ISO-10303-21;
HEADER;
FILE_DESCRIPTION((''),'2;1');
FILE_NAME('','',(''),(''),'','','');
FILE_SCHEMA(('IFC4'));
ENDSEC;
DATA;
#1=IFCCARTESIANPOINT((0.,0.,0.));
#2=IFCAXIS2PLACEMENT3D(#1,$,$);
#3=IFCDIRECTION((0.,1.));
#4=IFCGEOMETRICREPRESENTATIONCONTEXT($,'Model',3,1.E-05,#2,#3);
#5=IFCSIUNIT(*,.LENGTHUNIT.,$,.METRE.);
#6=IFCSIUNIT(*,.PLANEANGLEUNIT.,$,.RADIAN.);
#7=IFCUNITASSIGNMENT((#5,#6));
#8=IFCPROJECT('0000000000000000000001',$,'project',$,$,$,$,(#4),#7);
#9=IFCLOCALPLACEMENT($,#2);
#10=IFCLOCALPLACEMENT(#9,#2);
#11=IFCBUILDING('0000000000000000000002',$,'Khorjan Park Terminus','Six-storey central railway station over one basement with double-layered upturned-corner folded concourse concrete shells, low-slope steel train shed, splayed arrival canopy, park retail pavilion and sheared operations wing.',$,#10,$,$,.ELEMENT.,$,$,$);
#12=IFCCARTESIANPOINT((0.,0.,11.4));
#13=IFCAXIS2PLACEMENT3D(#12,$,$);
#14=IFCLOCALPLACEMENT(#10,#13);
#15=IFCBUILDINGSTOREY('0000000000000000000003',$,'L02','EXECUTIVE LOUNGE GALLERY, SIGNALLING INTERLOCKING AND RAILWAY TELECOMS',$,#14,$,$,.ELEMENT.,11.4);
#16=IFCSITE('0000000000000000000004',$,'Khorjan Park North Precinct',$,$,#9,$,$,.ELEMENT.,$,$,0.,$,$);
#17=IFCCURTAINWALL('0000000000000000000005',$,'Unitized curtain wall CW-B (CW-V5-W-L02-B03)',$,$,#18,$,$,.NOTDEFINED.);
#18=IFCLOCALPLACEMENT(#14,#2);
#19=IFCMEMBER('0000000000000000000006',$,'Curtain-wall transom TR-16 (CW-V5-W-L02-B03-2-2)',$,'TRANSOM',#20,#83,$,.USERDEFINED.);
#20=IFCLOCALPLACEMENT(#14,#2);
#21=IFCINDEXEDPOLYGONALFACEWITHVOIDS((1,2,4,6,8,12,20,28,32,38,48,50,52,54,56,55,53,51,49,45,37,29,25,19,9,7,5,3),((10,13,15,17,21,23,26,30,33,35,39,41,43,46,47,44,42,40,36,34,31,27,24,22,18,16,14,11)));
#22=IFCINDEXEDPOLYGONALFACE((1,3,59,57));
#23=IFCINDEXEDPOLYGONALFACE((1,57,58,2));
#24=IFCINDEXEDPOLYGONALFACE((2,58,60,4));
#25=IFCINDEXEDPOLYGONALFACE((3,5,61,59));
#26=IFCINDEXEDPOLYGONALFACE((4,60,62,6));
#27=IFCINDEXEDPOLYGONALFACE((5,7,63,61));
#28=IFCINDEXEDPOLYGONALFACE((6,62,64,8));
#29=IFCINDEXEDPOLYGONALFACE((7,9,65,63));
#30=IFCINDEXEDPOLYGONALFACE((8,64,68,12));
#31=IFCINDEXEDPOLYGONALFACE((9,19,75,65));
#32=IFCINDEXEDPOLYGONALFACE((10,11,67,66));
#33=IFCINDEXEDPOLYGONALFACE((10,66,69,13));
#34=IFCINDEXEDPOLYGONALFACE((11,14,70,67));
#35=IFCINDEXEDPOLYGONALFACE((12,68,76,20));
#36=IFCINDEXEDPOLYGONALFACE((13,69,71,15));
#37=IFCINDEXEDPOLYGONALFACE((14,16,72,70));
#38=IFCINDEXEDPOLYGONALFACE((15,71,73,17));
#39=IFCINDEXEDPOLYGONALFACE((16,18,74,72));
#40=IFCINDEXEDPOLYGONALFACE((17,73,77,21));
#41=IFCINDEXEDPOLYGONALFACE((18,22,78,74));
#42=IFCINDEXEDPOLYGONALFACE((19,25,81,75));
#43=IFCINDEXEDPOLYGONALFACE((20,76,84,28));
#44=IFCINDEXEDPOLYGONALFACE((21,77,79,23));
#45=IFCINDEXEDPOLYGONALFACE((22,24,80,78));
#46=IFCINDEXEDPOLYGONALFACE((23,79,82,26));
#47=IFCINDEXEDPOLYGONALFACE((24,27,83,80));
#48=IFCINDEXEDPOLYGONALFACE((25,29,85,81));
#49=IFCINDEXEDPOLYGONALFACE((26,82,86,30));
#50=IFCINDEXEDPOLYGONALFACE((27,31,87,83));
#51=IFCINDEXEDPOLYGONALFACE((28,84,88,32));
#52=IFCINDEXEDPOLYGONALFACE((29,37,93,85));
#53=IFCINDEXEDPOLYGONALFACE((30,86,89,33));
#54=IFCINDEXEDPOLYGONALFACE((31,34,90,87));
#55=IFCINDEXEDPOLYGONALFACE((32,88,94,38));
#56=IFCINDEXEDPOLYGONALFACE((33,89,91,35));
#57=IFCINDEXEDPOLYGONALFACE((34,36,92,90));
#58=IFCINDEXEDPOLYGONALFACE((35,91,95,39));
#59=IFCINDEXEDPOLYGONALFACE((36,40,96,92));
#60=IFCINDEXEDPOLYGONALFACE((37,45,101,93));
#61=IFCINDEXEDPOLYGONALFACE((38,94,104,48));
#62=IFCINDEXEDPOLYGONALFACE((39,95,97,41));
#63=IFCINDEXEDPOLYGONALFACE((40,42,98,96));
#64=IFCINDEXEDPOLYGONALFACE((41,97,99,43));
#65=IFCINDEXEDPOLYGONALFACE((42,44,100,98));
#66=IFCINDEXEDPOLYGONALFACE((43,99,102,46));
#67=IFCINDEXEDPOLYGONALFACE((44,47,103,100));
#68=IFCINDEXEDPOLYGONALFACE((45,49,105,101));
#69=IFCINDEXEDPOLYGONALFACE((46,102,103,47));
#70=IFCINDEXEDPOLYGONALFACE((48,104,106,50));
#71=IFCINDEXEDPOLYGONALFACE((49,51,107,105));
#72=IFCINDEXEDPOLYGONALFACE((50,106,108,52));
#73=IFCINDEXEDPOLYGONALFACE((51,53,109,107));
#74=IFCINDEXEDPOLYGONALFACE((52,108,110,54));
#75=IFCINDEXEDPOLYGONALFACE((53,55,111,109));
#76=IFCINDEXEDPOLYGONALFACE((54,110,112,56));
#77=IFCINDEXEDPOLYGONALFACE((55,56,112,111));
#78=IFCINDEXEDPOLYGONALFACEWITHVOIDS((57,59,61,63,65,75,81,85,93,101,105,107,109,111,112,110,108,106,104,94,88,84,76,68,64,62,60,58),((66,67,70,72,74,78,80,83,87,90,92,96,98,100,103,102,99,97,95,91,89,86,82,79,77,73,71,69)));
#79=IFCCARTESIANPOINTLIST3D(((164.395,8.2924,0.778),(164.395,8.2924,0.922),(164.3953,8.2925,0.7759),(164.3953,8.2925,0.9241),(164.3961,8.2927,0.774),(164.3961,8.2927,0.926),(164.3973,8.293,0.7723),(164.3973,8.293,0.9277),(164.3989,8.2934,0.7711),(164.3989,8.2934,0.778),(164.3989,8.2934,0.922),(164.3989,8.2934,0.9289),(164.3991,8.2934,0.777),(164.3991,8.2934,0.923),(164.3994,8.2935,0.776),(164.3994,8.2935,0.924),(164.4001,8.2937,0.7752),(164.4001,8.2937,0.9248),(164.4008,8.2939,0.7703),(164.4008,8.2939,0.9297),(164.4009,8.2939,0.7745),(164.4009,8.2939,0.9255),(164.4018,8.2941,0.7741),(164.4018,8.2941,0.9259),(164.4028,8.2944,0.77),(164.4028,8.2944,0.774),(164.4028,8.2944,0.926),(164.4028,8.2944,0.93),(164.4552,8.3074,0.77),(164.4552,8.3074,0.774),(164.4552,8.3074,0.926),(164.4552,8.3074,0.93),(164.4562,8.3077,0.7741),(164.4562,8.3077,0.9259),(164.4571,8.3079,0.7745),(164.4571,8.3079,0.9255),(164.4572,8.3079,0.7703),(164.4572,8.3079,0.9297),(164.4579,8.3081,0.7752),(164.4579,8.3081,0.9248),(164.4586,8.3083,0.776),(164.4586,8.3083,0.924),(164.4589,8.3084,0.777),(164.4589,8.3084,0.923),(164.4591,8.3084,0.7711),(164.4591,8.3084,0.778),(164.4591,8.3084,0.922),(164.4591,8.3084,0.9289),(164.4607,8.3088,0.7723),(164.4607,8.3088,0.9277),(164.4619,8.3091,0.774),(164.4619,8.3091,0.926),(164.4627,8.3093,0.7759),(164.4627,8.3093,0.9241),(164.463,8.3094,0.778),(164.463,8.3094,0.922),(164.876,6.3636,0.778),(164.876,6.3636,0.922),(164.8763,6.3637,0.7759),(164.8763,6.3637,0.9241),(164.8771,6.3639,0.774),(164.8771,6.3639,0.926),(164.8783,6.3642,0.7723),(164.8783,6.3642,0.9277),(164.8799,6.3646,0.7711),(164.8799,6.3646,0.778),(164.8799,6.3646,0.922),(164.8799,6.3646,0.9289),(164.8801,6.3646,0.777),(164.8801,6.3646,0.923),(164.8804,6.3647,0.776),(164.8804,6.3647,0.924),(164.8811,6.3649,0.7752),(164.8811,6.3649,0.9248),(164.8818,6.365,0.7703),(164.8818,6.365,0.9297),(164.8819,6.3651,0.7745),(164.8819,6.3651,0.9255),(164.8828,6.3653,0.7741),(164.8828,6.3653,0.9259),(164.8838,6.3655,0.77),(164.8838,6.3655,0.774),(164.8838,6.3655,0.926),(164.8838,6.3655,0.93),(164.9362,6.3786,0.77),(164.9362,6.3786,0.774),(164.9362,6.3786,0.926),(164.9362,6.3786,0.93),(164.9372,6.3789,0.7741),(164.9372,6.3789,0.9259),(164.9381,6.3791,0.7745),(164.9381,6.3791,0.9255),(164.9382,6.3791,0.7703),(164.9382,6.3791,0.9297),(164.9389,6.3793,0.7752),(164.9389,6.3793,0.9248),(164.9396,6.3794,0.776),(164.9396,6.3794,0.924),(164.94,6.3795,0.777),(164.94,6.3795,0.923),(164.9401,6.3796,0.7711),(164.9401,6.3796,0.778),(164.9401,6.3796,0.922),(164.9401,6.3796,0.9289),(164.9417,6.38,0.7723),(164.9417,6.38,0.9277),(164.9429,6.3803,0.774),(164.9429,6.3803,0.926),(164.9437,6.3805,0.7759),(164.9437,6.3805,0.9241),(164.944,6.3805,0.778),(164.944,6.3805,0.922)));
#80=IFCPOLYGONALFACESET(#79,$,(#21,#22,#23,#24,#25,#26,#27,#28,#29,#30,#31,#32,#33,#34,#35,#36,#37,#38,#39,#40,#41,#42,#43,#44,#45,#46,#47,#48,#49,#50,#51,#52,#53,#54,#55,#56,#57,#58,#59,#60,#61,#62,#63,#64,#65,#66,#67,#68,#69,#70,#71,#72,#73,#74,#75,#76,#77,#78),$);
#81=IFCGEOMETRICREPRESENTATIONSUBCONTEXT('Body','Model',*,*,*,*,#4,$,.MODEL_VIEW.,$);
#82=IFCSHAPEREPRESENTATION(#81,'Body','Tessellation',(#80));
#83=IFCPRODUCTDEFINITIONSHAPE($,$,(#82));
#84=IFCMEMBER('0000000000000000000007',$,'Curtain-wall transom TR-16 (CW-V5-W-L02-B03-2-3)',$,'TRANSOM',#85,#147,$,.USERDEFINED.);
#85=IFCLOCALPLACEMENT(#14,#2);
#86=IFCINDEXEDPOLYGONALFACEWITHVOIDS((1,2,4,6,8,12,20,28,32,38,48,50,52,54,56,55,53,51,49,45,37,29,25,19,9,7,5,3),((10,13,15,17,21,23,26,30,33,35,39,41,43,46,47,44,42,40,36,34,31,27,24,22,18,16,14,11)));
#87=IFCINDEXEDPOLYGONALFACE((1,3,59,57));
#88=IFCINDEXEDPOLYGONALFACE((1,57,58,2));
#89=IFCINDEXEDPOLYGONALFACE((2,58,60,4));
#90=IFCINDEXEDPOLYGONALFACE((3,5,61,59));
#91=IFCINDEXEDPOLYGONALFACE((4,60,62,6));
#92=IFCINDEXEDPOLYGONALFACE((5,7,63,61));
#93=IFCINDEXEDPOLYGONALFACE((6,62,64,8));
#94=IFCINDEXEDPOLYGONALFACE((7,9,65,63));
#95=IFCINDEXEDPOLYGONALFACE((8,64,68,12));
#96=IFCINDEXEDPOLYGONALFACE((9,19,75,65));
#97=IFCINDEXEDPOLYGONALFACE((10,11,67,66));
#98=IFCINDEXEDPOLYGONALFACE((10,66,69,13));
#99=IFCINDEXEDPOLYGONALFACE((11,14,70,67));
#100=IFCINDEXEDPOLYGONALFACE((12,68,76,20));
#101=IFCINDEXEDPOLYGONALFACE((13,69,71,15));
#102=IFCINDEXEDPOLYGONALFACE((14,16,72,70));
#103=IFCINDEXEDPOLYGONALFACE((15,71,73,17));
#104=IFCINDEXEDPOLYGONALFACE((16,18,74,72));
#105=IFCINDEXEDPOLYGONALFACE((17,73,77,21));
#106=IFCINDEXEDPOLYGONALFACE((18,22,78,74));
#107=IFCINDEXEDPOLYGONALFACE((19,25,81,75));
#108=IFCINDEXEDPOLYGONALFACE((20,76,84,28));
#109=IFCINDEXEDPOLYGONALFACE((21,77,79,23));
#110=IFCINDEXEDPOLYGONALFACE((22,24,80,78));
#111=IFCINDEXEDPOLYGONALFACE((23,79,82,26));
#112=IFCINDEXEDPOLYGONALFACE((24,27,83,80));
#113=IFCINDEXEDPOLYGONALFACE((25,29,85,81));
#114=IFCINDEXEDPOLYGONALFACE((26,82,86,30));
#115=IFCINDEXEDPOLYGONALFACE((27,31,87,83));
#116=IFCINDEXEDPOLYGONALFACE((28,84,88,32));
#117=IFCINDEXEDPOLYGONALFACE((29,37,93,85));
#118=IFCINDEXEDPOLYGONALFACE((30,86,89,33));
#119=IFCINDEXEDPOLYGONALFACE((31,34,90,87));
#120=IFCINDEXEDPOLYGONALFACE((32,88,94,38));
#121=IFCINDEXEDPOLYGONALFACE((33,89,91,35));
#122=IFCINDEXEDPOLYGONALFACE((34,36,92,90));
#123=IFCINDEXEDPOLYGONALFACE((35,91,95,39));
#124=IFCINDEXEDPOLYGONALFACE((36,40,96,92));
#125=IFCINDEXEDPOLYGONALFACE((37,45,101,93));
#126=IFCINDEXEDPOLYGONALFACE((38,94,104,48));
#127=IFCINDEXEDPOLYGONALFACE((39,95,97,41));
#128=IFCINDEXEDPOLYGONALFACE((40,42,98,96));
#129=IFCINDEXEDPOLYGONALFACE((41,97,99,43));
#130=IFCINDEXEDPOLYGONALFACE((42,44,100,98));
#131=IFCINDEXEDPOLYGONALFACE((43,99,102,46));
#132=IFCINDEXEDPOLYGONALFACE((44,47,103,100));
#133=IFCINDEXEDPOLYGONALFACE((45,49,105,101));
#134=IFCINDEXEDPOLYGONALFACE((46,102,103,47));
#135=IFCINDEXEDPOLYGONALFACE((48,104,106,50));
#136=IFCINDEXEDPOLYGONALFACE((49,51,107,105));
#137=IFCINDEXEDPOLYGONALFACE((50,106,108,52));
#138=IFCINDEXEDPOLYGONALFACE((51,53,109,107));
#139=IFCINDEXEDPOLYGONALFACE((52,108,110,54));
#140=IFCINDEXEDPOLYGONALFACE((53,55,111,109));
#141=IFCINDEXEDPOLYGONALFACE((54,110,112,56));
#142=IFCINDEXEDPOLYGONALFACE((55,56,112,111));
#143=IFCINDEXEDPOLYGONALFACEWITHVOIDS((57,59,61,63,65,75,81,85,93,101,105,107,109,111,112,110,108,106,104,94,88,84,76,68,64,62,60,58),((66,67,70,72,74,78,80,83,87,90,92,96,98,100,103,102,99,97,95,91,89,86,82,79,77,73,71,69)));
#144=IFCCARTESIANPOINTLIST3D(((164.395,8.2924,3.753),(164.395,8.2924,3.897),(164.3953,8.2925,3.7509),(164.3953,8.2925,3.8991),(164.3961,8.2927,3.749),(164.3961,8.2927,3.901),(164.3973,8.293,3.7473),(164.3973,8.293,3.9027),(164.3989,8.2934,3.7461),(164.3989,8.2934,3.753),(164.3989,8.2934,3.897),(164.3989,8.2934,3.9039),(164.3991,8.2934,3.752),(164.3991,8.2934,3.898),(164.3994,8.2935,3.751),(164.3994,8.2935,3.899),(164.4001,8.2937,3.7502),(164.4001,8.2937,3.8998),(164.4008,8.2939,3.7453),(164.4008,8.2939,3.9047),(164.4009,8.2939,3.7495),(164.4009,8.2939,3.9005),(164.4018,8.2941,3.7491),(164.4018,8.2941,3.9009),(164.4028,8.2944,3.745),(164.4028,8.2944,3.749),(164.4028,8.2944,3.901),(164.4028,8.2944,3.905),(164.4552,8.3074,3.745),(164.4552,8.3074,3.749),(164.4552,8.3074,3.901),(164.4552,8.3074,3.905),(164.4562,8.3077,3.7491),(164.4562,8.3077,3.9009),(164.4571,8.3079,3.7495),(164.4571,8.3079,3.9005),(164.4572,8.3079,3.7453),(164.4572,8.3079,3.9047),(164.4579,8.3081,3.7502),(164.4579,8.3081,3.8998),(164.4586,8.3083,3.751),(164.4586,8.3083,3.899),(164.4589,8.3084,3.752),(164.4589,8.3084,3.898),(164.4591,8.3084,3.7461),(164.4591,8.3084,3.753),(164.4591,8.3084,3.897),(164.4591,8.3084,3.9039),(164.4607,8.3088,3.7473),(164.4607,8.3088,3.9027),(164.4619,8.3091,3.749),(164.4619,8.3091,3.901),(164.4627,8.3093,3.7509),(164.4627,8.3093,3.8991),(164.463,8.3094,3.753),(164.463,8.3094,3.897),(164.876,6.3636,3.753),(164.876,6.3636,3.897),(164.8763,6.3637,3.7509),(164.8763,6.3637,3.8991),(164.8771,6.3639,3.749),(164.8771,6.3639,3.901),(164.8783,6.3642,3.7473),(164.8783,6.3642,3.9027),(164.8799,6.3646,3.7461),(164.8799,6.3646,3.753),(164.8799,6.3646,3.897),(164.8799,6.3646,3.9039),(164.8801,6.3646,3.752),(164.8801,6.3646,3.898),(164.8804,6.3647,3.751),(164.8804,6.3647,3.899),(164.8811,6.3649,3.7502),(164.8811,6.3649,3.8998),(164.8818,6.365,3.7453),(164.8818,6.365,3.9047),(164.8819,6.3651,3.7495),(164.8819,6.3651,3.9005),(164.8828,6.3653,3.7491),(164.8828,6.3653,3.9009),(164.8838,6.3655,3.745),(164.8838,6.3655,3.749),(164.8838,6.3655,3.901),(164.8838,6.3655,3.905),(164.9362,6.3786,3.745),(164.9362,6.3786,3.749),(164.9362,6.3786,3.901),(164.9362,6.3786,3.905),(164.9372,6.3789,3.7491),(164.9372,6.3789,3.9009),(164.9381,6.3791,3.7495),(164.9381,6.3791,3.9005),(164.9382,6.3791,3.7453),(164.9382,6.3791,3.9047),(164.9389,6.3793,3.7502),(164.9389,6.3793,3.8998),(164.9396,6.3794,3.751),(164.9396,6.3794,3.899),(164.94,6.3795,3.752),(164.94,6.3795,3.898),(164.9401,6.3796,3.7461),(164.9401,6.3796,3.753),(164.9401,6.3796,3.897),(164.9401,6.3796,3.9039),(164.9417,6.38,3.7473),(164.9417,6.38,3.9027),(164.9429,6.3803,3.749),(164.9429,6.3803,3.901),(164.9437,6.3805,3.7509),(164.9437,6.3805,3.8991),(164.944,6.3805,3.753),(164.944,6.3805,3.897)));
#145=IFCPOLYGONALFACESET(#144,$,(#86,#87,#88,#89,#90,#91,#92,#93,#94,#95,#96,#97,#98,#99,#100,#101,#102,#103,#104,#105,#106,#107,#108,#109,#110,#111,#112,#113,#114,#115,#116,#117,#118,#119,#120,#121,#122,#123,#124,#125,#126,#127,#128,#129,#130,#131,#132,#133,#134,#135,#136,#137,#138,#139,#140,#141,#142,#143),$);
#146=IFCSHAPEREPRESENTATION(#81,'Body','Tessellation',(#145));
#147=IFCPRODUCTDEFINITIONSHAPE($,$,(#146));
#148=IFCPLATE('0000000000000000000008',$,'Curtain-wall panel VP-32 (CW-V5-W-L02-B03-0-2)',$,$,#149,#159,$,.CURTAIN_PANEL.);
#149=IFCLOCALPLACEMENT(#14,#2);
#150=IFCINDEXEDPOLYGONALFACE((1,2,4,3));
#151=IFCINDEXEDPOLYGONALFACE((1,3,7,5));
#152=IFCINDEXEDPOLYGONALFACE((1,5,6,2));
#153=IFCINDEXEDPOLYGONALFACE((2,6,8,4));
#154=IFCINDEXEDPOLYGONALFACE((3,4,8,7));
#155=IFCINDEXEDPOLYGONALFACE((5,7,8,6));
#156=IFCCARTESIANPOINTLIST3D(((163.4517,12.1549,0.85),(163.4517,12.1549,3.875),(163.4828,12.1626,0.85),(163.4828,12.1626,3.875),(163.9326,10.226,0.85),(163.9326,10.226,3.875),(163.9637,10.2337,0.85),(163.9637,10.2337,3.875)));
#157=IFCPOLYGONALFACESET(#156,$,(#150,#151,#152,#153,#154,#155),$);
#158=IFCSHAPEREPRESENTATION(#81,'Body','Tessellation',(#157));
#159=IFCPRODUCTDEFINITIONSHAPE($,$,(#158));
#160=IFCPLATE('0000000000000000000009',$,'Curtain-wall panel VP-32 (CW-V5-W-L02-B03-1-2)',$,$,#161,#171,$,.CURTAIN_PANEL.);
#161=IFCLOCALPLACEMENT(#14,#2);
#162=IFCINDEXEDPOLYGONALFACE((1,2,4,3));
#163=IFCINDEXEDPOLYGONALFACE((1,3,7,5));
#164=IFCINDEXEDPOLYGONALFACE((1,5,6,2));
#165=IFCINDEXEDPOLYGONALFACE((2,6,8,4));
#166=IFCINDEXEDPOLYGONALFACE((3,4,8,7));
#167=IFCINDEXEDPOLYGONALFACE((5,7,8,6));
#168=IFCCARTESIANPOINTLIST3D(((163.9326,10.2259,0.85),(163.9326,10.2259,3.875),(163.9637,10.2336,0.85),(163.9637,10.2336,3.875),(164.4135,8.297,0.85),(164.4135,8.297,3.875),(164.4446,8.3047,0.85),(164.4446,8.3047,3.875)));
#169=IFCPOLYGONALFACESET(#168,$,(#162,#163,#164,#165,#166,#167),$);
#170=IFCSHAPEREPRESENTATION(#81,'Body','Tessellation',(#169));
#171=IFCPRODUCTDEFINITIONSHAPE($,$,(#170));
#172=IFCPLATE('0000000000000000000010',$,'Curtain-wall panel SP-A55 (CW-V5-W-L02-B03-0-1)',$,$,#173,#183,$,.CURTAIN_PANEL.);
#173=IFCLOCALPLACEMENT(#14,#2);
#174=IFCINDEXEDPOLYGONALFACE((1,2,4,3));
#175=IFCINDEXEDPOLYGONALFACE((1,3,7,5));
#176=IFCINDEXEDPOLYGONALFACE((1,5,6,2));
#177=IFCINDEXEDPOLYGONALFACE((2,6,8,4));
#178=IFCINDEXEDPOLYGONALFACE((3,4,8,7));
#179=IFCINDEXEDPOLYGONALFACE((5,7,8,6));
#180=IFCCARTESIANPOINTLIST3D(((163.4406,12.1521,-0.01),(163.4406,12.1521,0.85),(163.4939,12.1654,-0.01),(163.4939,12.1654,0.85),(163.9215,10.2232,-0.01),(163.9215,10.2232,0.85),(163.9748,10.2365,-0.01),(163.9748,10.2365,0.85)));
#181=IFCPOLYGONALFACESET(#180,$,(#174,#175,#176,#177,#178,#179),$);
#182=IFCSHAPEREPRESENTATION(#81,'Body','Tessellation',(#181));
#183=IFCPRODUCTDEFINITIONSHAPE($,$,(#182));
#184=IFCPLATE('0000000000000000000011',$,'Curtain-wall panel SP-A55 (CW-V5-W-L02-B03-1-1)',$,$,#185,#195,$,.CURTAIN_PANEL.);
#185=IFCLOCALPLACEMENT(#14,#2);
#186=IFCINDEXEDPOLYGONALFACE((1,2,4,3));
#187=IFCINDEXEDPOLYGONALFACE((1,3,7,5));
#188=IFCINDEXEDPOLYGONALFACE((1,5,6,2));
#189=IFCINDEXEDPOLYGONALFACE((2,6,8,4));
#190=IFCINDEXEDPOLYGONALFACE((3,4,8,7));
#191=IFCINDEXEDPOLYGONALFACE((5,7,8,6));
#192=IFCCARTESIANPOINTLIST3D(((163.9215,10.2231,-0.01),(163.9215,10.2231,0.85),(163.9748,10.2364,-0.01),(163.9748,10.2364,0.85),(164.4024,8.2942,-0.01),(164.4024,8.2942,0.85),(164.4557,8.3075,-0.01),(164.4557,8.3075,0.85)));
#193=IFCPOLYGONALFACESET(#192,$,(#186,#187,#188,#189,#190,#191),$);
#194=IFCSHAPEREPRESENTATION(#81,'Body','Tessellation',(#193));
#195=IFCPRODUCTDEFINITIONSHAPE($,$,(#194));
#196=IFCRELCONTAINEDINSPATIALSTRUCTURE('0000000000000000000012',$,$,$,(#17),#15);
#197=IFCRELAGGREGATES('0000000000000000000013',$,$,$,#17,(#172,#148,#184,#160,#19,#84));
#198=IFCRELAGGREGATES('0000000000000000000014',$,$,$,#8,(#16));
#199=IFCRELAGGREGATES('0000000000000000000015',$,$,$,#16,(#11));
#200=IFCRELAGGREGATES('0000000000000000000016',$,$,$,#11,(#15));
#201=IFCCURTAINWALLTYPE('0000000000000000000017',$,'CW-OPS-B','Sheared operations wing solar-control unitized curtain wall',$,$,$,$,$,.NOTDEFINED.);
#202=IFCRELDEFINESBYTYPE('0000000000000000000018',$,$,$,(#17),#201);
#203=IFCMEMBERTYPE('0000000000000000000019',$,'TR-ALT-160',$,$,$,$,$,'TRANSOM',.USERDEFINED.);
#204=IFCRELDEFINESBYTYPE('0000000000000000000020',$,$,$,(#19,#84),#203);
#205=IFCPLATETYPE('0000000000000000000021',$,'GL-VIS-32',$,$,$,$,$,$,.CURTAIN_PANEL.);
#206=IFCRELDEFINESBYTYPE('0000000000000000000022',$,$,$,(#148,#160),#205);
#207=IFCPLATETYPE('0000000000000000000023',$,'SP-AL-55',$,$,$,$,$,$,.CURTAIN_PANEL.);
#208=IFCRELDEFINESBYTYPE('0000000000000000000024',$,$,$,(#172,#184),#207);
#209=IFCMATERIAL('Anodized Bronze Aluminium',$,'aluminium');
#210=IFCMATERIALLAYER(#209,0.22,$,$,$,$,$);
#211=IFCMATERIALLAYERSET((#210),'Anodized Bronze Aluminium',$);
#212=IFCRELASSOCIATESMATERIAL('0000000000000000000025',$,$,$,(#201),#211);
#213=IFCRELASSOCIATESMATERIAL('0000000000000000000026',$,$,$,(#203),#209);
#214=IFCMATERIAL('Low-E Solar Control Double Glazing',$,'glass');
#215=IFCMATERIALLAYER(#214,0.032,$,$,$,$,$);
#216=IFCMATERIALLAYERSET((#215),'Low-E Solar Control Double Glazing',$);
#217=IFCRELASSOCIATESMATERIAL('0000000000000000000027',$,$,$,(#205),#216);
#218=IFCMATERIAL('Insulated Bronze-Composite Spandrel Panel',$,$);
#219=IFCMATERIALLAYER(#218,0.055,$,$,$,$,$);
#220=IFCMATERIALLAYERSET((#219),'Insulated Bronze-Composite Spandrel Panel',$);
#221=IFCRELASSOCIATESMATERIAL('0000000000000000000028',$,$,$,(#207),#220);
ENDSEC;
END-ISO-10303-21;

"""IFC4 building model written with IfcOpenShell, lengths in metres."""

from ifc_helpers import new_model, si_unit, direction, frame, origin, origin_2d, place, context, subcontext, project, spatial, rectangle, hollow_rectangle, extrude, material, layer, layer_set, material_profile, profile_set, type_object, element, aggregate, save


model = new_model("IFC4")

# Units and contexts
model_context = context("Model", 3, precision=1e-05, world=origin(), true_north=direction((0.0, 1.0)))
body_context = subcontext(model_context, "Body", "Model", "MODEL_VIEW")
ifc_project = project(units=[si_unit("LENGTHUNIT", "METRE"), si_unit("PLANEANGLEUNIT", "RADIAN")], contexts=[model_context])

# Site, building, storey
site_placement = place(None, origin())
site = spatial("IfcSite", under=ifc_project, at=site_placement, Name="Khorjan Park North Precinct", CompositionType="ELEMENT", RefElevation=0.0)
building_placement = place(site_placement, origin())
building = spatial("IfcBuilding", under=site, at=building_placement, Name="Khorjan Park Terminus", Description="Six-storey central railway station over one basement with double-layered upturned-corner folded concourse concrete shells, low-slope steel train shed, splayed arrival canopy, park retail pavilion and sheared operations wing.", CompositionType="ELEMENT")
storey_placement = place(building_placement, frame((0.0, 0.0, 11.4)))
storey = spatial("IfcBuildingStorey", under=building, at=storey_placement, Name="L02", Description="EXECUTIVE LOUNGE GALLERY, SIGNALLING INTERLOCKING AND RAILWAY TELECOMS", CompositionType="ELEMENT", Elevation=11.4)

# Curtain wall, members, plates
ifc_material_1 = material(Name="Anodized Bronze Aluminium", Category="aluminium")
ifc_layer_1 = layer(ifc_material_1, 0.22)
ifc_layer_set_1 = layer_set([ifc_layer_1], Name="Anodized Bronze Aluminium")
curtain_wall_type = type_object("IfcCurtainWallType", Name="CW-OPS-B", Description="Sheared operations wing solar-control unitized curtain wall", PredefinedType="NOTDEFINED", material=ifc_layer_set_1)
curtain_wall_placement = place(storey_placement, origin())
curtain_wall = element("IfcCurtainWall", 1, at=curtain_wall_placement, inside=storey, type_object=curtain_wall_type, Name="Unitized curtain wall CW-B (CW-V5-W-L02-B03)", PredefinedType="NOTDEFINED")
ifc_material_profile_1 = material_profile(ifc_material_1, hollow_rectangle(XDim=0.07, YDim=0.16, WallThickness=0.004, InnerFilletRadius=0.004, OuterFilletRadius=0.008, at=origin_2d()), Name="ALT 70x160x4")
ifc_profile_set_1 = profile_set([ifc_material_profile_1], Name="Anodized Bronze Aluminium")
member_type_1 = type_object("IfcMemberType", Name="TR-ALT-160", ElementType="TRANSOM", PredefinedType="USERDEFINED", material=ifc_profile_set_1)
member_1_placement = place(storey_placement, frame((164.429, 8.3009, 0.85), z_axis=(0.241967, -0.970284, 0.0), x_axis=(0.970284, 0.241967, 0.0)))
member_1 = element("IfcMember", 2, at=member_1_placement, type_object=member_type_1, Name="Curtain-wall transom TR-16 (CW-V5-W-L02-B03-2-2)", ObjectType="TRANSOM", PredefinedType="USERDEFINED", context=body_context, shape_type="SweptSolid", body=[
    extrude(hollow_rectangle(XDim=0.07, YDim=0.16, WallThickness=0.004, InnerFilletRadius=0.004, OuterFilletRadius=0.008, at=origin_2d()), origin(), (0.0, 0.0, 1.0), 1.9879),
])
member_2_placement = place(storey_placement, frame((164.429, 8.3009, 3.825), z_axis=(0.241967, -0.970284, 0.0), x_axis=(0.970284, 0.241967, 0.0)))
member_2 = element("IfcMember", 3, at=member_2_placement, type_object=member_type_1, Name="Curtain-wall transom TR-16 (CW-V5-W-L02-B03-2-3)", ObjectType="TRANSOM", PredefinedType="USERDEFINED", context=body_context, shape_type="SweptSolid", body=[
    extrude(hollow_rectangle(XDim=0.07, YDim=0.16, WallThickness=0.004, InnerFilletRadius=0.004, OuterFilletRadius=0.008, at=origin_2d()), origin(), (0.0, 0.0, 1.0), 1.9879),
])
ifc_material_2 = material(Name="Low-E Solar Control Double Glazing", Category="glass")
ifc_layer_2 = layer(ifc_material_2, 0.032)
ifc_layer_set_2 = layer_set([ifc_layer_2], Name="Low-E Solar Control Double Glazing")
plate_type_1 = type_object("IfcPlateType", Name="GL-VIS-32", PredefinedType="CURTAIN_PANEL", material=ifc_layer_set_2)
plate_1_placement = place(storey_placement, frame((163.7077, 11.1943, 0.85), z_axis=(0.0, 0.0, 1.0), x_axis=(0.24192, -0.970296, 0.0)))
plate_1 = element("IfcPlate", 4, at=plate_1_placement, type_object=plate_type_1, Name="Curtain-wall panel VP-32 (CW-V5-W-L02-B03-0-2)", PredefinedType="CURTAIN_PANEL", context=body_context, shape_type="SweptSolid", body=[
    extrude(rectangle(XDim=1.9879, YDim=0.032, at=origin_2d()), origin(), (0.0, 0.0, 1.0), 3.025),
])
plate_2_placement = place(storey_placement, frame((164.1886, 9.2653, 0.85), z_axis=(0.0, 0.0, 1.0), x_axis=(0.24192, -0.970296, 0.0)))
plate_2 = element("IfcPlate", 5, at=plate_2_placement, type_object=plate_type_1, Name="Curtain-wall panel VP-32 (CW-V5-W-L02-B03-1-2)", PredefinedType="CURTAIN_PANEL", context=body_context, shape_type="SweptSolid", body=[
    extrude(rectangle(XDim=1.9879, YDim=0.032, at=origin_2d()), origin(), (0.0, 0.0, 1.0), 3.025),
])
ifc_material_3 = material(Name="Insulated Bronze-Composite Spandrel Panel")
ifc_layer_3 = layer(ifc_material_3, 0.055)
ifc_layer_set_3 = layer_set([ifc_layer_3], Name="Insulated Bronze-Composite Spandrel Panel")
plate_type_2 = type_object("IfcPlateType", Name="SP-AL-55", PredefinedType="CURTAIN_PANEL", material=ifc_layer_set_3)
plate_3_placement = place(storey_placement, frame((163.7077, 11.1943, -0.01), z_axis=(0.0, 0.0, 1.0), x_axis=(0.24192, -0.970296, 0.0)))
plate_3 = element("IfcPlate", 6, at=plate_3_placement, type_object=plate_type_2, Name="Curtain-wall panel SP-A55 (CW-V5-W-L02-B03-0-1)", PredefinedType="CURTAIN_PANEL", context=body_context, shape_type="SweptSolid", body=[
    extrude(rectangle(XDim=1.9879, YDim=0.055, at=origin_2d()), origin(), (0.0, 0.0, 1.0), 0.86),
])
plate_4_placement = place(storey_placement, frame((164.1886, 9.2653, -0.01), z_axis=(0.0, 0.0, 1.0), x_axis=(0.24192, -0.970296, 0.0)))
plate_4 = element("IfcPlate", 7, at=plate_4_placement, type_object=plate_type_2, Name="Curtain-wall panel SP-A55 (CW-V5-W-L02-B03-1-1)", PredefinedType="CURTAIN_PANEL", context=body_context, shape_type="SweptSolid", body=[
    extrude(rectangle(XDim=1.9879, YDim=0.055, at=origin_2d()), origin(), (0.0, 0.0, 1.0), 0.86),
])
aggregate(curtain_wall, [plate_3, plate_1, plate_4, plate_2, member_1, member_2])

save(model, "model.ifc")
